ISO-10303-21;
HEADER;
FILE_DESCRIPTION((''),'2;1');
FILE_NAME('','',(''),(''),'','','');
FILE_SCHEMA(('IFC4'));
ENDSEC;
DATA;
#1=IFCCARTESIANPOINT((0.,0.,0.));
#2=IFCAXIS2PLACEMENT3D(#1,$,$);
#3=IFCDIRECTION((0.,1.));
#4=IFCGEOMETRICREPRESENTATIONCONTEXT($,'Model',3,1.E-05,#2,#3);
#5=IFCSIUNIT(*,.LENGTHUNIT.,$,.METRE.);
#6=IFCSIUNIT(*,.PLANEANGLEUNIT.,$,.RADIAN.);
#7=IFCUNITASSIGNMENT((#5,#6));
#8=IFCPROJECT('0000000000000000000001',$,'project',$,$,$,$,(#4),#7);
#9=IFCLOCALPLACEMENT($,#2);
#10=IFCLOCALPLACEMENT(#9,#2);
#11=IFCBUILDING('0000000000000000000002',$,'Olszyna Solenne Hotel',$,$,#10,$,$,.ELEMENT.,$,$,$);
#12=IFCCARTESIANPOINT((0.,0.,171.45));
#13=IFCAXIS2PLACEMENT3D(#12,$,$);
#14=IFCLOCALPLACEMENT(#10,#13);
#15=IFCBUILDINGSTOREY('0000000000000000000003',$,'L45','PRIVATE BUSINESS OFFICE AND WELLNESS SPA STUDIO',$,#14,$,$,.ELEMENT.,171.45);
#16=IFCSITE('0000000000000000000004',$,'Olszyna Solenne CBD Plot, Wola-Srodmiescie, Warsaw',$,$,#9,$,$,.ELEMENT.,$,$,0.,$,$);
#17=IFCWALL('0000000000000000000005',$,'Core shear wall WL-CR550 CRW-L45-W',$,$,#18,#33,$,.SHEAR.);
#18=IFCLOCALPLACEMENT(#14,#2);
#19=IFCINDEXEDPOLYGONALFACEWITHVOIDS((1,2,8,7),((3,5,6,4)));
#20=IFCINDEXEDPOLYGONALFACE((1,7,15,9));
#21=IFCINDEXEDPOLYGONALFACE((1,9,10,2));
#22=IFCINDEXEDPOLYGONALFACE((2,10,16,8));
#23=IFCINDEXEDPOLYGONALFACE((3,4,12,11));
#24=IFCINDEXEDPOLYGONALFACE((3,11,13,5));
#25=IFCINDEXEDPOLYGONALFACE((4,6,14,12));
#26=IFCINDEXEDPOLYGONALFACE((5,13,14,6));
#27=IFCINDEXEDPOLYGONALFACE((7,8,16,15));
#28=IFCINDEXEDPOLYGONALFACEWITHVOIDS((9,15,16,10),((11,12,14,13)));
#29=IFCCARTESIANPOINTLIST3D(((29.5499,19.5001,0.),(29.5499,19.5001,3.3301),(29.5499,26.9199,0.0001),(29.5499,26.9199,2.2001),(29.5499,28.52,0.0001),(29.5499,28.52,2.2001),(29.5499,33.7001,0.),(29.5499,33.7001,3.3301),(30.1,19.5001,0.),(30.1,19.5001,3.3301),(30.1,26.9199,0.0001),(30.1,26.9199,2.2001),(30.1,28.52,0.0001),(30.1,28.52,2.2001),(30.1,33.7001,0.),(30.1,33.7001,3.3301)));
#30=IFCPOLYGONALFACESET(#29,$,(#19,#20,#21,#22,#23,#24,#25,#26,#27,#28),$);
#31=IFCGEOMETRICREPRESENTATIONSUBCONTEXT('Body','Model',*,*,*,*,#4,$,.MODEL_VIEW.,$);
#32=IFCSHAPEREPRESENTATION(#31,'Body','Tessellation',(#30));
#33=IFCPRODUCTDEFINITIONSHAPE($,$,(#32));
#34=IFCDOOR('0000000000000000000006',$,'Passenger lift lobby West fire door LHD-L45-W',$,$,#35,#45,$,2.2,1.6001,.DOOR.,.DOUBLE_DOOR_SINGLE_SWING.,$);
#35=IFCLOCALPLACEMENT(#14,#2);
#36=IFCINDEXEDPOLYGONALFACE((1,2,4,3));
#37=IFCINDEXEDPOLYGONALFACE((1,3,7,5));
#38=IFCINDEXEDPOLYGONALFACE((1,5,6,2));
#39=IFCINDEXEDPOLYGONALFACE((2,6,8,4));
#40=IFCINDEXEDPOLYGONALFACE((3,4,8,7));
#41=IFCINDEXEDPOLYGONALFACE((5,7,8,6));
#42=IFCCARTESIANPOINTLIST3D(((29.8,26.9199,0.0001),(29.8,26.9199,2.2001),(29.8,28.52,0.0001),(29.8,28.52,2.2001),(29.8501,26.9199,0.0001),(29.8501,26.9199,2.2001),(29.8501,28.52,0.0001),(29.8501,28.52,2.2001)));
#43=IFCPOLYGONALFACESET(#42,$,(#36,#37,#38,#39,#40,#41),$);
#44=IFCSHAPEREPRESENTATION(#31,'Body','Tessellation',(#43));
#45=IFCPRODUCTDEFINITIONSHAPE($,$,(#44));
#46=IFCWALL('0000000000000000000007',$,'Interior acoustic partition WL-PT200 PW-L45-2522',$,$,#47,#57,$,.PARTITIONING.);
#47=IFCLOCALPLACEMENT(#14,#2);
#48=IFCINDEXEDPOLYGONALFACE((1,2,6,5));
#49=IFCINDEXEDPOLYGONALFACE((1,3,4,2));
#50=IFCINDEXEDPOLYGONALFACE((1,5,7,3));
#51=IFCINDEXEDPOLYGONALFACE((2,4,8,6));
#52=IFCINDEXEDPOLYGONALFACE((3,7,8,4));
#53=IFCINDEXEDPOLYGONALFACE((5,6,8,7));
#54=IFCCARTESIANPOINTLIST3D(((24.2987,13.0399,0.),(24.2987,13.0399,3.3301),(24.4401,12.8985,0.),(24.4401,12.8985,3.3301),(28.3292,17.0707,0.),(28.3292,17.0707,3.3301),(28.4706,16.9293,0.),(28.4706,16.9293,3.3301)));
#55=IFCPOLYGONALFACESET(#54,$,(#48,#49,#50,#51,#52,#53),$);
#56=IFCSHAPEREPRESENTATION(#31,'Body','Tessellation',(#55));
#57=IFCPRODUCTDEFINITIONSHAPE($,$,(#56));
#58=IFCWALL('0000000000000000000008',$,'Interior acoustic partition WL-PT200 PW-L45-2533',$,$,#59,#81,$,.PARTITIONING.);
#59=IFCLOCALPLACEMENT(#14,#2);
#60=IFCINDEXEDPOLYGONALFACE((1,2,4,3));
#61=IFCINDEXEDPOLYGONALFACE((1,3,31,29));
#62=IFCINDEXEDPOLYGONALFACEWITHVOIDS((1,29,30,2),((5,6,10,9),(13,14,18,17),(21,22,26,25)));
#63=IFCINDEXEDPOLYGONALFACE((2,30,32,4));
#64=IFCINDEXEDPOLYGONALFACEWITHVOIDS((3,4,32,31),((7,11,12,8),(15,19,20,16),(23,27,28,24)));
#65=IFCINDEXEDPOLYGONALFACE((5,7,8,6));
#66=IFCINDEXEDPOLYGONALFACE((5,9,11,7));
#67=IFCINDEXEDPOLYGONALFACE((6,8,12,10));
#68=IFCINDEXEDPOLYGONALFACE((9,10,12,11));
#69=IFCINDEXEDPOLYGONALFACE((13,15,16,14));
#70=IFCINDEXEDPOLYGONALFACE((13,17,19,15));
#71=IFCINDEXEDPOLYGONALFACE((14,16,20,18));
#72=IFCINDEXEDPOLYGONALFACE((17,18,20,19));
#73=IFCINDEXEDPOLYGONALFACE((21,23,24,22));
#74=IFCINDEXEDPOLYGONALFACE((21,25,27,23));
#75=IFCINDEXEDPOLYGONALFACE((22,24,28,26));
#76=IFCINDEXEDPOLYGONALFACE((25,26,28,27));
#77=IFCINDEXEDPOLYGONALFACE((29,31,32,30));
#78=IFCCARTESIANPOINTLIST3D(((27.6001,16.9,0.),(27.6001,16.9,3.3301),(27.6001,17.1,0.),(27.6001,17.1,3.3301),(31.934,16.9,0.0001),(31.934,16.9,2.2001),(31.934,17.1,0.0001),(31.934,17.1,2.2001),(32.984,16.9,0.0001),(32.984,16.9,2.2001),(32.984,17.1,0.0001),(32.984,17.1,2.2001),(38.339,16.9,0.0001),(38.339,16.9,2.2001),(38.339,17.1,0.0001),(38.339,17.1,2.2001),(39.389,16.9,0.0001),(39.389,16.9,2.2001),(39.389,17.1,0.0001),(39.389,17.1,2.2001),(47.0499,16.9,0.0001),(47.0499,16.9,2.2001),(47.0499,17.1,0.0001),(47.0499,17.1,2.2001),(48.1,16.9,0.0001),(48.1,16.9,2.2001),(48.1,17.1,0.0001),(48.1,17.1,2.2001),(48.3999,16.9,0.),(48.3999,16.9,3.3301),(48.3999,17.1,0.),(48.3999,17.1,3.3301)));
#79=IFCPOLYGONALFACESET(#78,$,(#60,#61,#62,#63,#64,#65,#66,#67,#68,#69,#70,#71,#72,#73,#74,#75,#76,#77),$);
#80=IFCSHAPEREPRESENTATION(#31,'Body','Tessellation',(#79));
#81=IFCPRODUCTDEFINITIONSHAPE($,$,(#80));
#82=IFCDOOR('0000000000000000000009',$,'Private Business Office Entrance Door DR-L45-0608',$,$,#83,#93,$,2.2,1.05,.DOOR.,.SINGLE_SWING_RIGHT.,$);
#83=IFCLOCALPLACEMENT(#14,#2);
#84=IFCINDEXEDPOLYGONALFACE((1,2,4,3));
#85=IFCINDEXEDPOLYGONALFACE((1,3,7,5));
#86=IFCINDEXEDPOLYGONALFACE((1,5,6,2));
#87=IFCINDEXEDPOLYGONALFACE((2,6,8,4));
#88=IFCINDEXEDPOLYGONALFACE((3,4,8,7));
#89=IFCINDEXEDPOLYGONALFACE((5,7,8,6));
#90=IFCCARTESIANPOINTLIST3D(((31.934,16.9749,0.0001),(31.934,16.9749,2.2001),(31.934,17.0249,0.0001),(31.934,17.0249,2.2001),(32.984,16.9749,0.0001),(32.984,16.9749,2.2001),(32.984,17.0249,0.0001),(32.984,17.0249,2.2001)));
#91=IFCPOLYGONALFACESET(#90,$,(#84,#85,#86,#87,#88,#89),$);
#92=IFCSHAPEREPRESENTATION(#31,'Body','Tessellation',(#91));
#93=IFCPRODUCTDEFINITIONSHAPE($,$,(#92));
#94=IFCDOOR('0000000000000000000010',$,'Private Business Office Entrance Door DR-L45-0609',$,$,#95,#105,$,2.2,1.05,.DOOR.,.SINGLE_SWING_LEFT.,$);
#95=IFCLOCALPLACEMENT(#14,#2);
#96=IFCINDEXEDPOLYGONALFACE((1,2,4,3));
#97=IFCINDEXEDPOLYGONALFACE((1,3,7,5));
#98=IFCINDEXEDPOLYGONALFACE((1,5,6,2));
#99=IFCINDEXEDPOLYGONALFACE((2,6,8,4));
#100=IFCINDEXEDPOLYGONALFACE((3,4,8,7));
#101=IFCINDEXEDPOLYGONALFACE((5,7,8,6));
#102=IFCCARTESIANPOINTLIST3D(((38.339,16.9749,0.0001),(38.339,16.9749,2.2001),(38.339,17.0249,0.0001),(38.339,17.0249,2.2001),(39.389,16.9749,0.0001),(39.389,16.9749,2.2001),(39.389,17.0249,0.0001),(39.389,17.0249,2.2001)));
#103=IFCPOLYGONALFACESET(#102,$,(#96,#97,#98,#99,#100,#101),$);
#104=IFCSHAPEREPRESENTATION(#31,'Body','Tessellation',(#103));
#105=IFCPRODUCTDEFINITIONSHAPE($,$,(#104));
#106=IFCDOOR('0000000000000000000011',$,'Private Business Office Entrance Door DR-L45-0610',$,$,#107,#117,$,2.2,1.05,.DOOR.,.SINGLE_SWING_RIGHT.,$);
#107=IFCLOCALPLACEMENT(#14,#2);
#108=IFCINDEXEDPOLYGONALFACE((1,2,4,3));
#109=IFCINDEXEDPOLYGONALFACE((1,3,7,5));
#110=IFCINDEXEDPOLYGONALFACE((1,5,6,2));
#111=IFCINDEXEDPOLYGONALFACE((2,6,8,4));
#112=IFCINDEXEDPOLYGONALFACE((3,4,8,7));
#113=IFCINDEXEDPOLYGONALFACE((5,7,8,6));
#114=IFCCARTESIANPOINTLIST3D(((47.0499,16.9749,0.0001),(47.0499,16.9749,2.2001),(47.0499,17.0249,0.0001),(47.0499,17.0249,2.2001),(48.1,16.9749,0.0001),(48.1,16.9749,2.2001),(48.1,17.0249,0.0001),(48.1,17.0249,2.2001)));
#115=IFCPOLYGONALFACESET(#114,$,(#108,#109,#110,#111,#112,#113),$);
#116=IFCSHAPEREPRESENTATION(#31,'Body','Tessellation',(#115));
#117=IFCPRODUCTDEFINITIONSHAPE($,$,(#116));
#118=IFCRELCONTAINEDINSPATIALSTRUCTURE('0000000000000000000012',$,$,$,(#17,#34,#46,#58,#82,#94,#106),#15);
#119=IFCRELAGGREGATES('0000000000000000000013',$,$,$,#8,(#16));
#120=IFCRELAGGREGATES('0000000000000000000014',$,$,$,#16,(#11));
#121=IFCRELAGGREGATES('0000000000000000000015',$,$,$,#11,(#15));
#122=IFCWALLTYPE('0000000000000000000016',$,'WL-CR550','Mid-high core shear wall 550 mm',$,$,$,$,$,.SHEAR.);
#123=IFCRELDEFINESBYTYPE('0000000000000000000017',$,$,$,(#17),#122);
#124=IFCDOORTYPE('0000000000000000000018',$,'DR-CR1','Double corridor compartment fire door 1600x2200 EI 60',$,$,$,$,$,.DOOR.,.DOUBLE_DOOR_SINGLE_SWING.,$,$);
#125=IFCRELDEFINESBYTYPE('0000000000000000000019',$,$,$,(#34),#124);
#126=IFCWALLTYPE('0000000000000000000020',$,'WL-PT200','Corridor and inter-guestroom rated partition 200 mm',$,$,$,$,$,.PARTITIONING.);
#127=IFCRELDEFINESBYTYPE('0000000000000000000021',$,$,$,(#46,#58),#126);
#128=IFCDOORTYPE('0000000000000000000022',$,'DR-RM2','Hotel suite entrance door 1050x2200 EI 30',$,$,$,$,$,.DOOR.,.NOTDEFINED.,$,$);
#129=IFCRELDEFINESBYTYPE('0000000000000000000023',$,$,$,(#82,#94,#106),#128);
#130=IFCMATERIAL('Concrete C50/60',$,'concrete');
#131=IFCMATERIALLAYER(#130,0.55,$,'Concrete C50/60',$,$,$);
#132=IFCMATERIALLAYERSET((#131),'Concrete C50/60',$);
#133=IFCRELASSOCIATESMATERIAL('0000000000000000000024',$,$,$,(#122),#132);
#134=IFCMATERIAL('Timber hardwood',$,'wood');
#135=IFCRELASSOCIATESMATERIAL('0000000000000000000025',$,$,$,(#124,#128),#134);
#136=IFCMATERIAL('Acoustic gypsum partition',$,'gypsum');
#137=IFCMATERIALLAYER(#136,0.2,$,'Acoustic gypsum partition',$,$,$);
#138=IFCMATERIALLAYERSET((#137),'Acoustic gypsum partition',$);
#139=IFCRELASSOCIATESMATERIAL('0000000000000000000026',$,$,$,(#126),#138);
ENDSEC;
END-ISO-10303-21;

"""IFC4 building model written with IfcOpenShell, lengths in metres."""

from ifc_helpers import new_model, si_unit, direction, frame, frame_2d, origin, place, context, subcontext, project, spatial, rectangle, extrude, source, transform, mapped, material, layer, layer_set, type_object, type_shapes, element, fill, save


model = new_model("IFC4")

# Units and contexts
model_context = context("Model", 3, precision=1e-05, world=origin(), true_north=direction((0.0, 1.0)))
body_context = subcontext(model_context, "Body", "Model", "MODEL_VIEW")
ifc_project = project(units=[si_unit("LENGTHUNIT", "METRE"), si_unit("PLANEANGLEUNIT", "RADIAN")], contexts=[model_context])

# Site, building, storey
site_placement = place(None, origin())
site = spatial("IfcSite", under=ifc_project, at=site_placement, Name="Olszyna Solenne CBD Plot, Wola-Srodmiescie, Warsaw", CompositionType="ELEMENT", RefElevation=0.0)
building_placement = place(site_placement, origin())
building = spatial("IfcBuilding", under=site, at=building_placement, Name="Olszyna Solenne Hotel", CompositionType="ELEMENT")
storey_placement = place(building_placement, frame((0.0, 0.0, 171.45)))
storey = spatial("IfcBuildingStorey", under=building, at=storey_placement, Name="L45", Description="PRIVATE BUSINESS OFFICE AND WELLNESS SPA STUDIO", CompositionType="ELEMENT", Elevation=171.45)

# Wall, opening, door
ifc_material_1 = material(Name="Concrete C50/60", Category="concrete")
ifc_layer_1 = layer(ifc_material_1, 0.55, Name="Concrete C50/60")
ifc_layer_set_1 = layer_set([ifc_layer_1], Name="Concrete C50/60")
wall_type_1 = type_object("IfcWallType", Name="WL-CR550", Description="Mid-high core shear wall 550 mm", PredefinedType="SHEAR", material=ifc_layer_set_1)
wall_1_placement = place(storey_placement, frame((29.825, 19.5, 0.0), z_axis=(0.0, 0.0, 1.0), x_axis=(0.0, 1.0, 0.0)))
wall_1 = element("IfcWall", 1, at=wall_1_placement, inside=storey, type_object=wall_type_1, Name="Core shear wall WL-CR550 CRW-L45-W", PredefinedType="SHEAR", context=body_context, shape_type="SweptSolid", body=[
    extrude(rectangle(XDim=14.2, YDim=0.55, at=frame_2d((7.1001, 0.0))), origin(), (0.0, 0.0, 1.0), 3.3301),
])
opening_1_placement = place(wall_1_placement, frame((7.4199, 0.0, 0.0)))
opening_1 = element("IfcOpeningElement", 2, at=opening_1_placement, cuts=wall_1, PredefinedType="OPENING", context=body_context, shape_type="SweptSolid", body=[
    extrude(rectangle(XDim=1.6001, YDim=2.2, at=frame_2d((0.8, 1.1001))), frame((0.0, 0.2852, 0.0), z_axis=(0.0, -1.0, 0.0), x_axis=(1.0, 0.0, 0.0)), (0.0, 0.0, 1.0), 0.5701),
])
ifc_material_2 = material(Name="Timber hardwood", Category="wood")
door_type_1 = type_object("IfcDoorType", Name="DR-CR1", Description="Double corridor compartment fire door 1600x2200 EI 60", OperationType="DOUBLE_DOOR_SINGLE_SWING", PredefinedType="DOOR", material=ifc_material_2)
shared_shape_1 = source(origin(), body_context, "Body", "SweptSolid", [
    extrude(rectangle(XDim=1.6001, YDim=2.2, at=frame_2d((0.8, 1.1001))), frame((0.0, 0.0249, 0.0), z_axis=(0.0, -1.0, 0.0), x_axis=(1.0, 0.0, 0.0)), (0.0, 0.0, 1.0), 0.05),
])
type_shapes(door_type_1, [shared_shape_1])
door_1_placement = place(opening_1_placement, origin())
door_1 = element("IfcDoor", 3, at=door_1_placement, inside=storey, type_object=door_type_1, Name="Passenger lift lobby West fire door LHD-L45-W", OperationType="DOUBLE_DOOR_SINGLE_SWING", OverallHeight=2.2, OverallWidth=1.6001, PredefinedType="DOOR", context=body_context, shape_type="MappedRepresentation", body=[
    mapped(shared_shape_1, transform((0.0, 0.0, 0.0), x_axis=(1.0, 0.0, 0.0), y_axis=(0.0, 1.0, 0.0), z_axis=(0.0, 0.0, 1.0), scale=1.0)),
])
fill(opening_1, door_1)

# Wall
ifc_material_3 = material(Name="Acoustic gypsum partition", Category="gypsum")
ifc_layer_2 = layer(ifc_material_3, 0.2, Name="Acoustic gypsum partition")
ifc_layer_set_2 = layer_set([ifc_layer_2], Name="Acoustic gypsum partition")
wall_type_2 = type_object("IfcWallType", Name="WL-PT200", Description="Corridor and inter-guestroom rated partition 200 mm", PredefinedType="PARTITIONING", material=ifc_layer_set_2)
wall_2_placement = place(storey_placement, frame((28.3999, 17.0, 0.0), z_axis=(0.0, 0.0, 1.0), x_axis=(-0.707085, -0.707128, 0.0)))
element("IfcWall", 4, at=wall_2_placement, inside=storey, type_object=wall_type_2, Name="Interior acoustic partition WL-PT200 PW-L45-2522", PredefinedType="PARTITIONING", context=body_context, shape_type="SweptSolid", body=[
    extrude(rectangle(XDim=5.7002, YDim=0.2, at=frame_2d((2.8501, 0.0))), origin(), (0.0, 0.0, 1.0), 3.3301),
])

# Wall, openings, doors
wall_3_placement = place(storey_placement, frame((27.6001, 17.0, 0.0), z_axis=(0.0, 0.0, 1.0), x_axis=(1.0, 0.0, 0.0)))
wall_3 = element("IfcWall", 5, at=wall_3_placement, inside=storey, type_object=wall_type_2, Name="Interior acoustic partition WL-PT200 PW-L45-2533", PredefinedType="PARTITIONING", context=body_context, shape_type="SweptSolid", body=[
    extrude(rectangle(XDim=20.7998, YDim=0.2, at=frame_2d((10.3999, 0.0))), origin(), (0.0, 0.0, 1.0), 3.3301),
])
opening_2_placement = place(wall_3_placement, frame((4.334, 0.0, 0.0)))
opening_2 = element("IfcOpeningElement", 6, at=opening_2_placement, cuts=wall_3, PredefinedType="OPENING", context=body_context, shape_type="SweptSolid", body=[
    extrude(rectangle(XDim=1.05, YDim=2.2, at=frame_2d((0.5249, 1.1001))), frame((0.0, 0.1099, 0.0), z_axis=(0.0, -1.0, 0.0), x_axis=(1.0, 0.0, 0.0)), (0.0, 0.0, 1.0), 0.22),
])
opening_3_placement = place(wall_3_placement, frame((10.739, 0.0, 0.0)))
opening_3 = element("IfcOpeningElement", 7, at=opening_3_placement, cuts=wall_3, PredefinedType="OPENING", context=body_context, shape_type="SweptSolid", body=[
    extrude(rectangle(XDim=1.05, YDim=2.2, at=frame_2d((0.5249, 1.1001))), frame((0.0, 0.1099, 0.0), z_axis=(0.0, -1.0, 0.0), x_axis=(1.0, 0.0, 0.0)), (0.0, 0.0, 1.0), 0.22),
])
opening_4_placement = place(wall_3_placement, frame((19.45, 0.0, 0.0)))
opening_4 = element("IfcOpeningElement", 8, at=opening_4_placement, cuts=wall_3, PredefinedType="OPENING", context=body_context, shape_type="SweptSolid", body=[
    extrude(rectangle(XDim=1.05, YDim=2.2, at=frame_2d((0.5249, 1.1001))), frame((0.0, 0.1099, 0.0), z_axis=(0.0, -1.0, 0.0), x_axis=(1.0, 0.0, 0.0)), (0.0, 0.0, 1.0), 0.22),
])
door_type_2 = type_object("IfcDoorType", Name="DR-RM2", Description="Hotel suite entrance door 1050x2200 EI 30", OperationType="NOTDEFINED", PredefinedType="DOOR", material=ifc_material_2)
shared_shape_2 = source(origin(), body_context, "Body", "SweptSolid", [
    extrude(rectangle(XDim=1.05, YDim=2.2, at=frame_2d((0.5249, 1.1001))), frame((0.0, 0.0249, 0.0), z_axis=(0.0, -1.0, 0.0), x_axis=(1.0, 0.0, 0.0)), (0.0, 0.0, 1.0), 0.05),
])
type_shapes(door_type_2, [shared_shape_2])
door_2_placement = place(opening_2_placement, origin())
door_2 = element("IfcDoor", 9, at=door_2_placement, inside=storey, type_object=door_type_2, Name="Private Business Office Entrance Door DR-L45-0608", OperationType="SINGLE_SWING_RIGHT", OverallHeight=2.2, OverallWidth=1.05, PredefinedType="DOOR", context=body_context, shape_type="MappedRepresentation", body=[
    mapped(shared_shape_2, transform((0.0, 0.0, 0.0), x_axis=(1.0, 0.0, 0.0), y_axis=(0.0, 1.0, 0.0), z_axis=(0.0, 0.0, 1.0), scale=1.0)),
])
fill(opening_2, door_2)
door_3_placement = place(opening_3_placement, origin())
door_3 = element("IfcDoor", 10, at=door_3_placement, inside=storey, type_object=door_type_2, Name="Private Business Office Entrance Door DR-L45-0609", OperationType="SINGLE_SWING_LEFT", OverallHeight=2.2, OverallWidth=1.05, PredefinedType="DOOR", context=body_context, shape_type="MappedRepresentation", body=[
    mapped(shared_shape_2, transform((0.0, 0.0, 0.0), x_axis=(1.0, 0.0, 0.0), y_axis=(0.0, 1.0, 0.0), z_axis=(0.0, 0.0, 1.0), scale=1.0)),
])
fill(opening_3, door_3)
door_4_placement = place(opening_4_placement, origin())
door_4 = element("IfcDoor", 11, at=door_4_placement, inside=storey, type_object=door_type_2, Name="Private Business Office Entrance Door DR-L45-0610", OperationType="SINGLE_SWING_RIGHT", OverallHeight=2.2, OverallWidth=1.05, PredefinedType="DOOR", context=body_context, shape_type="MappedRepresentation", body=[
    mapped(shared_shape_2, transform((0.0, 0.0, 0.0), x_axis=(1.0, 0.0, 0.0), y_axis=(0.0, 1.0, 0.0), z_axis=(0.0, 0.0, 1.0), scale=1.0)),
])
fill(opening_4, door_4)

save(model, "model.ifc")
